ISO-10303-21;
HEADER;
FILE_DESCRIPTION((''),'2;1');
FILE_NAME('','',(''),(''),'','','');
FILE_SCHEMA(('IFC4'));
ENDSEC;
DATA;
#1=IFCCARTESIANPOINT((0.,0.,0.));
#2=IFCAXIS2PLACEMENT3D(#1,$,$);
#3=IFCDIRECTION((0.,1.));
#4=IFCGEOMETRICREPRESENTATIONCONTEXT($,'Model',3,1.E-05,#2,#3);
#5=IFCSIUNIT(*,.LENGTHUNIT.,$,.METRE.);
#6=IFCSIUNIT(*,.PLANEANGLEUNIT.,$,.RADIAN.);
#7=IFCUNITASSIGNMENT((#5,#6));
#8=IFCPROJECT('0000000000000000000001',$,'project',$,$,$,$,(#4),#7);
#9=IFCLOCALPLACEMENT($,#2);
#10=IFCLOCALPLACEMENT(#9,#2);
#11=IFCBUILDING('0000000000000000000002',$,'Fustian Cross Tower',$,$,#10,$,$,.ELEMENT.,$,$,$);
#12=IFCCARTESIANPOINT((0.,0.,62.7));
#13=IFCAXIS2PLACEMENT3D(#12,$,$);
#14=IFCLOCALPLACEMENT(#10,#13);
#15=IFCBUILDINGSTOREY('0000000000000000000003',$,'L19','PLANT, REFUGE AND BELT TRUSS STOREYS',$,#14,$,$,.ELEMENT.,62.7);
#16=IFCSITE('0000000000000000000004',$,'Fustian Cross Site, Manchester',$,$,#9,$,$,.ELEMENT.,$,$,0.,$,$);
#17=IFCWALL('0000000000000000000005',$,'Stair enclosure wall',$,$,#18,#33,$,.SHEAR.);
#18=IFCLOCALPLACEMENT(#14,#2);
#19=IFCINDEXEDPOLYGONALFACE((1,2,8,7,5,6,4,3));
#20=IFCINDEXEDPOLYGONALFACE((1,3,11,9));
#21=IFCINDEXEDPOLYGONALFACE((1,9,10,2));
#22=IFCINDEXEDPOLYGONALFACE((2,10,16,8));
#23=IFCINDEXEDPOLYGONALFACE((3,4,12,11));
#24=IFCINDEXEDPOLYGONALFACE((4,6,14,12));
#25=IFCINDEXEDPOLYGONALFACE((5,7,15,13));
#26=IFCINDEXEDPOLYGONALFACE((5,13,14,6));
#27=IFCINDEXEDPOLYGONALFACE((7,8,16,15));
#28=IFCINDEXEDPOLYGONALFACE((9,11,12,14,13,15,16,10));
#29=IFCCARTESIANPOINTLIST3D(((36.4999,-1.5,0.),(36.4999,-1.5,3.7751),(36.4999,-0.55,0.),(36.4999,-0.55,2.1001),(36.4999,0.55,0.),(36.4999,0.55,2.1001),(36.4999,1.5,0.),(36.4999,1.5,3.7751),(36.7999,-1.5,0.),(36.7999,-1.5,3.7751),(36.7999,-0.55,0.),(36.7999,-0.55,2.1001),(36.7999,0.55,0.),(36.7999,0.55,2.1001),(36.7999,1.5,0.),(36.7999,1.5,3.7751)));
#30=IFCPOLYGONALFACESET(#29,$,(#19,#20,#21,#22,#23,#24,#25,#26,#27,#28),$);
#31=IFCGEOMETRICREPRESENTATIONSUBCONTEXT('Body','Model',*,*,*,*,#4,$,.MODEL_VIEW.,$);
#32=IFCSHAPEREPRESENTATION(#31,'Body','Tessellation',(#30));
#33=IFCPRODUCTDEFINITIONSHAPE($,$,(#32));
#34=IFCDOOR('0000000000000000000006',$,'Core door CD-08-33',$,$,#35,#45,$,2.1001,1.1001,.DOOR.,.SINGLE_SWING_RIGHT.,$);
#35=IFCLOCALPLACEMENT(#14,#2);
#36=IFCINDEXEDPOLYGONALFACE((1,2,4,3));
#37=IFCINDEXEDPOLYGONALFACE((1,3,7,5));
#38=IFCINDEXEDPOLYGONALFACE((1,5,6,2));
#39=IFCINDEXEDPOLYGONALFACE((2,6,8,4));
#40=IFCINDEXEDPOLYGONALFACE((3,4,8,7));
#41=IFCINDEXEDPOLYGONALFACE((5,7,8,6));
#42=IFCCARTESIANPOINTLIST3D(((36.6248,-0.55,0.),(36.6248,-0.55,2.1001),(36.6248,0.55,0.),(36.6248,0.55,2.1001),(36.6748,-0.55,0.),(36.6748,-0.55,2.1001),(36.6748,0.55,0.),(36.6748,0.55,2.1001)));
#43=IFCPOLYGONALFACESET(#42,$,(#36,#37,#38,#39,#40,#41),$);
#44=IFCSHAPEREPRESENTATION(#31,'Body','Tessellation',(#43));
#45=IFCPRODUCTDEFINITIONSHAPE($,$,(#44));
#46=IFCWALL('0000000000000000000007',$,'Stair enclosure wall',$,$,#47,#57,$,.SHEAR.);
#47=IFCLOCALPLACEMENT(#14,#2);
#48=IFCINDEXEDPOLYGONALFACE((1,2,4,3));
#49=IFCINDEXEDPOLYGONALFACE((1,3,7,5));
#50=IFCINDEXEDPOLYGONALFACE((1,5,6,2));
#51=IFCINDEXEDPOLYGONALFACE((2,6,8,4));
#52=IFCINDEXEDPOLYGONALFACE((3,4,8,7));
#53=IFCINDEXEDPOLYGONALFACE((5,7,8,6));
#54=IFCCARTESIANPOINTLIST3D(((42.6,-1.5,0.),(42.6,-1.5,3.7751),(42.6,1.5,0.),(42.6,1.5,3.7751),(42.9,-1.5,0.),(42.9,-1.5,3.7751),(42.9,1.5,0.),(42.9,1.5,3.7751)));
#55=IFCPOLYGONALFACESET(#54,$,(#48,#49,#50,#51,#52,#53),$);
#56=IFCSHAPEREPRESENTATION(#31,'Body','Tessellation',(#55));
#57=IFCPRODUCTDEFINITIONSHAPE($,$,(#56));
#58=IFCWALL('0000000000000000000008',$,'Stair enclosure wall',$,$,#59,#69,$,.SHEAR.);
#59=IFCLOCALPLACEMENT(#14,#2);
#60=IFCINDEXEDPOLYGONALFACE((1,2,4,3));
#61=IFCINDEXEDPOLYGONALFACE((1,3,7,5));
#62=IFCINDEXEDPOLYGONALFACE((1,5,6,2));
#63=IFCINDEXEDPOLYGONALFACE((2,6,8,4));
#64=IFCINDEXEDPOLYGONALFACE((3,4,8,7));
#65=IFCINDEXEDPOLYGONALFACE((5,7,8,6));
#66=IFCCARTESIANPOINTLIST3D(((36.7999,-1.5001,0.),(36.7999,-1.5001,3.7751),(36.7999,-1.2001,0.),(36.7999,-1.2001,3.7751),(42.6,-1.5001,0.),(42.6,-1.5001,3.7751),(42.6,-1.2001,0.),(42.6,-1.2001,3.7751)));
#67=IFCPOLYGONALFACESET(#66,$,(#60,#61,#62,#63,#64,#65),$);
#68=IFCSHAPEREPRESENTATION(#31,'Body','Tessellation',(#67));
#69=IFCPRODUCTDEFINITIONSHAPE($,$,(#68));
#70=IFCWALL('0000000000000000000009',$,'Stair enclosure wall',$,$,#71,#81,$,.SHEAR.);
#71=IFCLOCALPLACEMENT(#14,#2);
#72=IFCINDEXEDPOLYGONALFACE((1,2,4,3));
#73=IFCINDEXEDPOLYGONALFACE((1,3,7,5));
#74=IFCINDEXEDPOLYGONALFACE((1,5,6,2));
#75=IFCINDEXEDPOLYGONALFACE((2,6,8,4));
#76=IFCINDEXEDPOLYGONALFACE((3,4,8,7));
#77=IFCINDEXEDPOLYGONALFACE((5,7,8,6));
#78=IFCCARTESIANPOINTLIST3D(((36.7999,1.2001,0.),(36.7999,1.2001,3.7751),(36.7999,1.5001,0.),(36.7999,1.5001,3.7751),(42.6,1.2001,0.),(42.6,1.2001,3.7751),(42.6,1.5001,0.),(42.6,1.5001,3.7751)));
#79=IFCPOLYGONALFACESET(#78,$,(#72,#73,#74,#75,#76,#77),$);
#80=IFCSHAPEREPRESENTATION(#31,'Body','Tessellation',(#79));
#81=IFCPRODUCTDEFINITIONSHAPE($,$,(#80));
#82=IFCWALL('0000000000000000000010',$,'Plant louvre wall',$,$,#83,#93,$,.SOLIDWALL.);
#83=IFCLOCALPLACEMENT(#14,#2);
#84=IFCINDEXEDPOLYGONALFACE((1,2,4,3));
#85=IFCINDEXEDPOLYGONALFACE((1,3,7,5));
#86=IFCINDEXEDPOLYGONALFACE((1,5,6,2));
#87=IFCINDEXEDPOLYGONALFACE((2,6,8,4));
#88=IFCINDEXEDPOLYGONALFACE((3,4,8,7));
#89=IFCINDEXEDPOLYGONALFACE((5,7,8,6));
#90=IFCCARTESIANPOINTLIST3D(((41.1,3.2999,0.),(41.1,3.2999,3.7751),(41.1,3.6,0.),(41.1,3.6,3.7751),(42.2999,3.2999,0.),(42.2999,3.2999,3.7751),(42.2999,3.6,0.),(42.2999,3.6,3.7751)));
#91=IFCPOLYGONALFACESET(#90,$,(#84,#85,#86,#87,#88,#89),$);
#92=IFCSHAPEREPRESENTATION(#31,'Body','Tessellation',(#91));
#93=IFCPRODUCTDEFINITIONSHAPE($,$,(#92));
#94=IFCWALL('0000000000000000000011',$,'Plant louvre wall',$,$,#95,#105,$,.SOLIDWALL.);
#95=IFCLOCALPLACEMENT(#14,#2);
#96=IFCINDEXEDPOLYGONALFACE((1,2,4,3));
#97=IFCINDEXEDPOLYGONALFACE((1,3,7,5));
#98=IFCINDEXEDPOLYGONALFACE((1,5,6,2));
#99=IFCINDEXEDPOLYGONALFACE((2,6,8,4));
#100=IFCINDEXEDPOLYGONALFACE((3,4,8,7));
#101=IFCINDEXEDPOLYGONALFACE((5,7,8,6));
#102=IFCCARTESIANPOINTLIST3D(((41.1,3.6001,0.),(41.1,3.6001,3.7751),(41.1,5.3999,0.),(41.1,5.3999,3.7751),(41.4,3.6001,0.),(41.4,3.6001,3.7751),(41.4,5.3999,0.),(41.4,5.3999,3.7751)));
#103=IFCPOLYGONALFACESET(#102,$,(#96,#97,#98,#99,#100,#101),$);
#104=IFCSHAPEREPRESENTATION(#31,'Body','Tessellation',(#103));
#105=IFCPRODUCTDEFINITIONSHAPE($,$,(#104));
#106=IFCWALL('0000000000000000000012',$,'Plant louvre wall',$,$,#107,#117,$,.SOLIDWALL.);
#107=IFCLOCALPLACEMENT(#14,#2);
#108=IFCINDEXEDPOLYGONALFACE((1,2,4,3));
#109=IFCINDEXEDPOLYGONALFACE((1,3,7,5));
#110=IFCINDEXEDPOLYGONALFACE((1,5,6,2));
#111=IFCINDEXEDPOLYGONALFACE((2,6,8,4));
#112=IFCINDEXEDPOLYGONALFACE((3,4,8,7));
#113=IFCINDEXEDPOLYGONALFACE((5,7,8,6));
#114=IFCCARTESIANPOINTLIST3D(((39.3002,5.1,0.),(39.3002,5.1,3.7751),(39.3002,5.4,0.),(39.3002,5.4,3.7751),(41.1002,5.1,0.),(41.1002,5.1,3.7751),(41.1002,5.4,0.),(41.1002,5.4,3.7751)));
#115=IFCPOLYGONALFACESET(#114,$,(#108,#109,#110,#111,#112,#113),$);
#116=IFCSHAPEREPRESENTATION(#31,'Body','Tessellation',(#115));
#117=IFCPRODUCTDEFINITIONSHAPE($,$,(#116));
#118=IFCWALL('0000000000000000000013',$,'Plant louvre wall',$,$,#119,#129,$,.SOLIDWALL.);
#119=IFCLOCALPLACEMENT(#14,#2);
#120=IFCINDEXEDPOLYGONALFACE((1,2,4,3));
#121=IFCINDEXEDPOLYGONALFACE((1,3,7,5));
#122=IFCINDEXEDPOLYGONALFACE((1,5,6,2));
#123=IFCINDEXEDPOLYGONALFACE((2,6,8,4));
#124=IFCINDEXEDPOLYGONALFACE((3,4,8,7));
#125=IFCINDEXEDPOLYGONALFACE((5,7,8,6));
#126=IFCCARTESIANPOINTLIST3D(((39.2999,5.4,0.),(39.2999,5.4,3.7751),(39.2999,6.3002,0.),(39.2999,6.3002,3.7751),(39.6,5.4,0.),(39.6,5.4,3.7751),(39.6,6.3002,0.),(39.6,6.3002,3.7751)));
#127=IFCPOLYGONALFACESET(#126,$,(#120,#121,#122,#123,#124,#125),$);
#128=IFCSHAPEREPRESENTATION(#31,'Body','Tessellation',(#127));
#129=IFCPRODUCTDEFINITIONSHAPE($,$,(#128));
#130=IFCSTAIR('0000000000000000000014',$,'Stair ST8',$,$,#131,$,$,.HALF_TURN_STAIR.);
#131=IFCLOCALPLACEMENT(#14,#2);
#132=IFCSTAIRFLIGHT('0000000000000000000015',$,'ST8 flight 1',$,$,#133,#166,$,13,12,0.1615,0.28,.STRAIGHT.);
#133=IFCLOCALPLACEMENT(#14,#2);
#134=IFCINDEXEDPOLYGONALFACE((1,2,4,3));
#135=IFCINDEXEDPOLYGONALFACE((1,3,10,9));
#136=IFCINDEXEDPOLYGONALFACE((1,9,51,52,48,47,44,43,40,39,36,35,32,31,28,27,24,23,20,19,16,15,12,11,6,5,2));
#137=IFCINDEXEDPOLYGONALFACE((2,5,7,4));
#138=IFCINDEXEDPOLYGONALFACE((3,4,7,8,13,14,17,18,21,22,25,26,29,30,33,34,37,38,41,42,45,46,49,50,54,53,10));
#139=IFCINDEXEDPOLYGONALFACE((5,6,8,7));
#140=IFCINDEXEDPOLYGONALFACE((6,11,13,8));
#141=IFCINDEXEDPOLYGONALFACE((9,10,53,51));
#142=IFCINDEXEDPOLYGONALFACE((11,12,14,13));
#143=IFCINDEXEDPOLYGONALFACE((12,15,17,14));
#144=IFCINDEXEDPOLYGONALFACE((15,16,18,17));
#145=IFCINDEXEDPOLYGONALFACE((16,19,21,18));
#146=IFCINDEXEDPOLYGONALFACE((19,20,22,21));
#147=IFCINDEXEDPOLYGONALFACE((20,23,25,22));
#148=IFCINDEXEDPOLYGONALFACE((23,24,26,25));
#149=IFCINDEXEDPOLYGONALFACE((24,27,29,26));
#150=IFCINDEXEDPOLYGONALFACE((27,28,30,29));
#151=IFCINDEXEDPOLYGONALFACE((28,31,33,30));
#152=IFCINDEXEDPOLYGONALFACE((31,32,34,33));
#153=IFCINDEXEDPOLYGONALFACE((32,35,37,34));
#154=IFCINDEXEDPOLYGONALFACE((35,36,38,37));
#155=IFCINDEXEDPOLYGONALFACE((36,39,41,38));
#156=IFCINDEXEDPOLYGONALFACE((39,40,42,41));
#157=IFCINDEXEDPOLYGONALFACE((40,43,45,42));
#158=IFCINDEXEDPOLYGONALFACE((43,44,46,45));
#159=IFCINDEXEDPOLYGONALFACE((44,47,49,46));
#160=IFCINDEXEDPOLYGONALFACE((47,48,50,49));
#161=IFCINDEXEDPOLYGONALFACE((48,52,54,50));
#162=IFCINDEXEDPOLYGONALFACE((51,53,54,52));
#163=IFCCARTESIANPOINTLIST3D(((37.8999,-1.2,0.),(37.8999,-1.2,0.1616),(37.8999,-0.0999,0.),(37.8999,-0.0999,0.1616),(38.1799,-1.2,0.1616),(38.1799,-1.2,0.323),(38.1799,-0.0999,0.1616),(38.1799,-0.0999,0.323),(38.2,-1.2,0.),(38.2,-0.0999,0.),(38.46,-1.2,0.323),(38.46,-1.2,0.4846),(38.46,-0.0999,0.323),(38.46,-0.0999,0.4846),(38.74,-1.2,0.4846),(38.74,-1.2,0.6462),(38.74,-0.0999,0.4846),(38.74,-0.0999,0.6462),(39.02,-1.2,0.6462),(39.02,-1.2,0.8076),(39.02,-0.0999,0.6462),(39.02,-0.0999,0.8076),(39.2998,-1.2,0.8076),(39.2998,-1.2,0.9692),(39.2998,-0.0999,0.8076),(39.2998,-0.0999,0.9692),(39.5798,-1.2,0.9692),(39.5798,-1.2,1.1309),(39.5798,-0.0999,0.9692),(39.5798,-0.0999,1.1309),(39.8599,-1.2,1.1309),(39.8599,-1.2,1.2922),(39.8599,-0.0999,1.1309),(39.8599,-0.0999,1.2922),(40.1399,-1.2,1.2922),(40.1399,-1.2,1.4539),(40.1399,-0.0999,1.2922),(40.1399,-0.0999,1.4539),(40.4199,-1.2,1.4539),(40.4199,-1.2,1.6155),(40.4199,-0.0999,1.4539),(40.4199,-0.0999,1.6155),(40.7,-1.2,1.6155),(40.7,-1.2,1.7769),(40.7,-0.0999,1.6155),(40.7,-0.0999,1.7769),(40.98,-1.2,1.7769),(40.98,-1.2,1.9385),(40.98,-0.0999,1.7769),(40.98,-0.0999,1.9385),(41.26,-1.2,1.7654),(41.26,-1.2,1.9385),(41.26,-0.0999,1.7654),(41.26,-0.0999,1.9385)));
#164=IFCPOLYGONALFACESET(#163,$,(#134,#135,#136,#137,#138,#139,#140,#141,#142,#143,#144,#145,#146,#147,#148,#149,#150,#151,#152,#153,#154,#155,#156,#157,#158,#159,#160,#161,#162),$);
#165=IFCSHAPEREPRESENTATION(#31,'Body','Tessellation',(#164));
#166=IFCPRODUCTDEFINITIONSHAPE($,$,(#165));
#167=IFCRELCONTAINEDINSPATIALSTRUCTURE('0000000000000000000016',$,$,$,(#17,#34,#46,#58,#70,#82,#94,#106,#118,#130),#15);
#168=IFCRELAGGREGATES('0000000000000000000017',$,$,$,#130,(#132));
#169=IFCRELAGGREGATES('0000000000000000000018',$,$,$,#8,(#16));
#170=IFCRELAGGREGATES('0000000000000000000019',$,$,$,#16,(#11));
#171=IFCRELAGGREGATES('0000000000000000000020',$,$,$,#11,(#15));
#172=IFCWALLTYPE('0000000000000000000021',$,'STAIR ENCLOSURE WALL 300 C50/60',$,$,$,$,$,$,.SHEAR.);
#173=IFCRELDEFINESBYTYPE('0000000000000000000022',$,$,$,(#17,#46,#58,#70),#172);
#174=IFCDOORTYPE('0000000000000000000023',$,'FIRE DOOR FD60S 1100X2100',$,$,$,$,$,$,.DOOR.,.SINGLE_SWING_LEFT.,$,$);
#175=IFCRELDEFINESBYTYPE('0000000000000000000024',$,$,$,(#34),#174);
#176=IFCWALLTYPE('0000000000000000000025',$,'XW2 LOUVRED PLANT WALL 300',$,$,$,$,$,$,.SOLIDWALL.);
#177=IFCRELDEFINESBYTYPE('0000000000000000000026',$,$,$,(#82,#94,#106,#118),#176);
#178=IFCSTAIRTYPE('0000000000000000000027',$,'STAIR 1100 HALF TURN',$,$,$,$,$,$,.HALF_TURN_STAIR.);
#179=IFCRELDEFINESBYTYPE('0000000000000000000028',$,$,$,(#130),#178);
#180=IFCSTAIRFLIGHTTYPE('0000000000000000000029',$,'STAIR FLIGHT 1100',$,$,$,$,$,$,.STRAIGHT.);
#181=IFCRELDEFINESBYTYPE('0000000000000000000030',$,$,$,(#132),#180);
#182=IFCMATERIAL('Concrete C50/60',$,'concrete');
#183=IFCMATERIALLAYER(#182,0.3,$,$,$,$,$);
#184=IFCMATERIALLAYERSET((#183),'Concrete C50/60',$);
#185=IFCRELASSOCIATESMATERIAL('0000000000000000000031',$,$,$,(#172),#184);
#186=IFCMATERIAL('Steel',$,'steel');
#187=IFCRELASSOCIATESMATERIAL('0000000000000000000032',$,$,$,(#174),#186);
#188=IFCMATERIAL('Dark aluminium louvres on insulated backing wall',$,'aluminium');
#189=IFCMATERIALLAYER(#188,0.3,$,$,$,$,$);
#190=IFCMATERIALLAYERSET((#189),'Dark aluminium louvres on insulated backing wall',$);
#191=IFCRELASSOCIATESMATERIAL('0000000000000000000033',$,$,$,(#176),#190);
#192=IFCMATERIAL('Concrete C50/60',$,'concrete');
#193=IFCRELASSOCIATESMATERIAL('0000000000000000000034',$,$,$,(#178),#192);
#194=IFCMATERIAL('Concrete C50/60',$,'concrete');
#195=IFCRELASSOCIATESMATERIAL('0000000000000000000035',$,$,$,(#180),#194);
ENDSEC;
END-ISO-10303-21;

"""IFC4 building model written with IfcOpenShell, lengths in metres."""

from ifc_helpers import new_model, si_unit, direction, frame, frame_2d, origin, place, context, subcontext, project, spatial, polyline, rectangle, outline, extrude, material, layer, layer_set, type_object, element, fill, aggregate, save


model = new_model("IFC4")

# Units and contexts
model_context = context("Model", 3, precision=1e-05, world=origin(), true_north=direction((0.0, 1.0)))
body_context = subcontext(model_context, "Body", "Model", "MODEL_VIEW")
ifc_project = project(units=[si_unit("LENGTHUNIT", "METRE"), si_unit("PLANEANGLEUNIT", "RADIAN")], contexts=[model_context])

# Site, building, storey
site_placement = place(None, origin())
site = spatial("IfcSite", under=ifc_project, at=site_placement, Name="Fustian Cross Site, Manchester", CompositionType="ELEMENT", RefElevation=0.0)
building_placement = place(site_placement, origin())
building = spatial("IfcBuilding", under=site, at=building_placement, Name="Fustian Cross Tower", CompositionType="ELEMENT")
storey_placement = place(building_placement, frame((0.0, 0.0, 62.7)))
storey = spatial("IfcBuildingStorey", under=building, at=storey_placement, Name="L19", Description="PLANT, REFUGE AND BELT TRUSS STOREYS", CompositionType="ELEMENT", Elevation=62.7)

# Wall, opening, door
ifc_material_1 = material(Name="Concrete C50/60", Category="concrete")
ifc_layer_1 = layer(ifc_material_1, 0.3)
ifc_layer_set_1 = layer_set([ifc_layer_1], Name="Concrete C50/60")
wall_type_1 = type_object("IfcWallType", Name="STAIR ENCLOSURE WALL 300 C50/60", PredefinedType="SHEAR", material=ifc_layer_set_1)
wall_1_placement = place(storey_placement, frame((36.6499, -1.5, 0.0), z_axis=(0.0, 0.0, 1.0), x_axis=(0.0, 1.0, 0.0)))
wall_1 = element("IfcWall", 1, at=wall_1_placement, inside=storey, type_object=wall_type_1, Name="Stair enclosure wall", PredefinedType="SHEAR", context=body_context, shape_type="SweptSolid", body=[
    extrude(rectangle(XDim=3.0, YDim=0.3, at=frame_2d((1.5, 0.0))), origin(), (0.0, 0.0, 1.0), 3.7751),
])
opening_placement = place(wall_1_placement, frame((0.95, 0.0, 0.0)))
opening = element("IfcOpeningElement", 2, at=opening_placement, cuts=wall_1, PredefinedType="OPENING", context=body_context, shape_type="SweptSolid", body=[
    extrude(rectangle(XDim=1.1001, YDim=2.1001, at=frame_2d((0.55, 1.05))), frame((0.0, 0.1599, 0.0), z_axis=(0.0, -1.0, 0.0), x_axis=(1.0, 0.0, 0.0)), (0.0, 0.0, 1.0), 0.3201),
])
ifc_material_2 = material(Name="Steel", Category="steel")
door_type = type_object("IfcDoorType", Name="FIRE DOOR FD60S 1100X2100", OperationType="SINGLE_SWING_LEFT", PredefinedType="DOOR", material=ifc_material_2)
door_placement = place(opening_placement, frame((1.1001, 0.0, 0.0), z_axis=(0.0, 0.0, 1.0), x_axis=(-1.0, 0.0, 0.0)))
door = element("IfcDoor", 3, at=door_placement, inside=storey, type_object=door_type, Name="Core door CD-08-33", OperationType="SINGLE_SWING_RIGHT", OverallHeight=2.1001, OverallWidth=1.1001, PredefinedType="DOOR", context=body_context, shape_type="SweptSolid", body=[
    extrude(rectangle(XDim=1.1001, YDim=2.1001, at=frame_2d((0.55, 1.05))), frame((0.0, 0.0249, 0.0), z_axis=(0.0, -1.0, 0.0), x_axis=(1.0, 0.0, 0.0)), (0.0, 0.0, 1.0), 0.05),
])
fill(opening, door)

# Walls
wall_2_placement = place(storey_placement, frame((42.75, -1.5, 0.0), z_axis=(0.0, 0.0, 1.0), x_axis=(0.0, 1.0, 0.0)))
element("IfcWall", 4, at=wall_2_placement, inside=storey, type_object=wall_type_1, Name="Stair enclosure wall", PredefinedType="SHEAR", context=body_context, shape_type="SweptSolid", body=[
    extrude(rectangle(XDim=3.0, YDim=0.3, at=frame_2d((1.5, 0.0))), origin(), (0.0, 0.0, 1.0), 3.7751),
])
for number, where, z_axis, x_axis, name in (
    (5, (36.8, -1.3501, 0.0), (0.0, 0.0, 1.0), (1.0, 0.0, 0.0), "Stair enclosure wall"),
    (6, (36.8, 1.3501, 0.0), (0.0, 0.0, 1.0), (1.0, 0.0, 0.0), "Stair enclosure wall"),
):
    element("IfcWall", number, at=place(storey_placement, frame(where, z_axis=z_axis, x_axis=x_axis)), inside=storey, type_object=wall_type_1, Name=name, PredefinedType="SHEAR", context=body_context, shape_type="SweptSolid", body=[
        extrude(rectangle(XDim=5.8, YDim=0.3, at=frame_2d((2.8999, 0.0))), origin(), (0.0, 0.0, 1.0), 3.7751),
    ])
ifc_material_3 = material(Name="Dark aluminium louvres on insulated backing wall", Category="aluminium")
ifc_layer_2 = layer(ifc_material_3, 0.3)
ifc_layer_set_2 = layer_set([ifc_layer_2], Name="Dark aluminium louvres on insulated backing wall")
wall_type_2 = type_object("IfcWallType", Name="XW2 LOUVRED PLANT WALL 300", PredefinedType="SOLIDWALL", material=ifc_layer_set_2)
wall_3_placement = place(storey_placement, frame((42.3, 3.45, 0.0), z_axis=(0.0, 0.0, 1.0), x_axis=(-1.0, 0.0, 0.0)))
element("IfcWall", 7, at=wall_3_placement, inside=storey, type_object=wall_type_2, Name="Plant louvre wall", PredefinedType="SOLIDWALL", context=body_context, shape_type="SweptSolid", body=[
    extrude(rectangle(XDim=1.2, YDim=0.3, at=frame_2d((0.6001, 0.0))), origin(), (0.0, 0.0, 1.0), 3.7751),
])
wall_4_placement = place(storey_placement, frame((41.25, 3.6001, 0.0), z_axis=(0.0, 0.0, 1.0), x_axis=(0.0, 1.0, 0.0)))
element("IfcWall", 8, at=wall_4_placement, inside=storey, type_object=wall_type_2, Name="Plant louvre wall", PredefinedType="SOLIDWALL", context=body_context, shape_type="SweptSolid", body=[
    extrude(rectangle(XDim=1.7998, YDim=0.3, at=frame_2d((0.8999, 0.0))), origin(), (0.0, 0.0, 1.0), 3.7751),
])
wall_5_placement = place(storey_placement, frame((41.1001, 5.25, 0.0), z_axis=(0.0, 0.0, 1.0), x_axis=(-1.0, 0.0, 0.0)))
element("IfcWall", 9, at=wall_5_placement, inside=storey, type_object=wall_type_2, Name="Plant louvre wall", PredefinedType="SOLIDWALL", context=body_context, shape_type="SweptSolid", body=[
    extrude(rectangle(XDim=1.8, YDim=0.3, at=frame_2d((0.8999, 0.0))), origin(), (0.0, 0.0, 1.0), 3.7751),
])
wall_6_placement = place(storey_placement, frame((39.45, 5.3999, 0.0), z_axis=(0.0, 0.0, 1.0), x_axis=(0.0, 1.0, 0.0)))
element("IfcWall", 10, at=wall_6_placement, inside=storey, type_object=wall_type_2, Name="Plant louvre wall", PredefinedType="SOLIDWALL", context=body_context, shape_type="SweptSolid", body=[
    extrude(rectangle(XDim=0.9001, YDim=0.3, at=frame_2d((0.4502, 0.0))), origin(), (0.0, 0.0, 1.0), 3.7751),
])

# Stair, stair flight
ifc_material_4 = material(Name="Concrete C50/60", Category="concrete")
stair_type = type_object("IfcStairType", Name="STAIR 1100 HALF TURN", PredefinedType="HALF_TURN_STAIR", material=ifc_material_4)
stair_placement = place(storey_placement, origin())
stair = element("IfcStair", 11, at=stair_placement, inside=storey, type_object=stair_type, Name="Stair ST8", PredefinedType="HALF_TURN_STAIR")
ifc_material_5 = material(Name="Concrete C50/60", Category="concrete")
stair_flight_type = type_object("IfcStairFlightType", Name="STAIR FLIGHT 1100", PredefinedType="STRAIGHT", material=ifc_material_5)
stair_flight_1_placement = place(storey_placement, frame((37.8999, -0.6499, 0.0), z_axis=(0.0, 0.0, 1.0), x_axis=(1.0, 0.0, 0.0)))
stair_flight_1 = element("IfcStairFlight", 12, at=stair_flight_1_placement, type_object=stair_flight_type, Name="ST8 flight 1", NumberOfRisers=13, NumberOfTreads=12, PredefinedType="STRAIGHT", RiserHeight=0.1615, TreadLength=0.28, context=body_context, shape_type="SweptSolid", body=[
    extrude(outline(polyline([(0.0, 0.0), (0.0, 0.1616), (0.28, 0.1616), (0.28, 0.323), (0.5601, 0.323), (0.5601, 0.4846), (0.8401, 0.4846), (0.8401, 0.6462), (1.1201, 0.6462), (1.1201, 0.8076), (1.3999, 0.8076), (1.3999, 0.9692), (1.6799, 0.9692), (1.6799, 1.1309), (1.96, 1.1309), (1.96, 1.2922), (2.24, 1.2922), (2.24, 1.4539), (2.52, 1.4539), (2.52, 1.6155), (2.8, 1.6155), (2.8, 1.7769), (3.0801, 1.7769), (3.0801, 1.9385), (3.3601, 1.9385), (3.3601, 2.1001), (3.3601, 1.7654), (0.3, 0.0), (0.0, 0.0)])), frame((0.0, 0.55, 0.0), z_axis=(0.0, -1.0, 0.0), x_axis=(1.0, 0.0, 0.0)), (0.0, 0.0, 1.0), 1.1001),
])
aggregate(stair, [stair_flight_1])

save(model, "model.ifc")
